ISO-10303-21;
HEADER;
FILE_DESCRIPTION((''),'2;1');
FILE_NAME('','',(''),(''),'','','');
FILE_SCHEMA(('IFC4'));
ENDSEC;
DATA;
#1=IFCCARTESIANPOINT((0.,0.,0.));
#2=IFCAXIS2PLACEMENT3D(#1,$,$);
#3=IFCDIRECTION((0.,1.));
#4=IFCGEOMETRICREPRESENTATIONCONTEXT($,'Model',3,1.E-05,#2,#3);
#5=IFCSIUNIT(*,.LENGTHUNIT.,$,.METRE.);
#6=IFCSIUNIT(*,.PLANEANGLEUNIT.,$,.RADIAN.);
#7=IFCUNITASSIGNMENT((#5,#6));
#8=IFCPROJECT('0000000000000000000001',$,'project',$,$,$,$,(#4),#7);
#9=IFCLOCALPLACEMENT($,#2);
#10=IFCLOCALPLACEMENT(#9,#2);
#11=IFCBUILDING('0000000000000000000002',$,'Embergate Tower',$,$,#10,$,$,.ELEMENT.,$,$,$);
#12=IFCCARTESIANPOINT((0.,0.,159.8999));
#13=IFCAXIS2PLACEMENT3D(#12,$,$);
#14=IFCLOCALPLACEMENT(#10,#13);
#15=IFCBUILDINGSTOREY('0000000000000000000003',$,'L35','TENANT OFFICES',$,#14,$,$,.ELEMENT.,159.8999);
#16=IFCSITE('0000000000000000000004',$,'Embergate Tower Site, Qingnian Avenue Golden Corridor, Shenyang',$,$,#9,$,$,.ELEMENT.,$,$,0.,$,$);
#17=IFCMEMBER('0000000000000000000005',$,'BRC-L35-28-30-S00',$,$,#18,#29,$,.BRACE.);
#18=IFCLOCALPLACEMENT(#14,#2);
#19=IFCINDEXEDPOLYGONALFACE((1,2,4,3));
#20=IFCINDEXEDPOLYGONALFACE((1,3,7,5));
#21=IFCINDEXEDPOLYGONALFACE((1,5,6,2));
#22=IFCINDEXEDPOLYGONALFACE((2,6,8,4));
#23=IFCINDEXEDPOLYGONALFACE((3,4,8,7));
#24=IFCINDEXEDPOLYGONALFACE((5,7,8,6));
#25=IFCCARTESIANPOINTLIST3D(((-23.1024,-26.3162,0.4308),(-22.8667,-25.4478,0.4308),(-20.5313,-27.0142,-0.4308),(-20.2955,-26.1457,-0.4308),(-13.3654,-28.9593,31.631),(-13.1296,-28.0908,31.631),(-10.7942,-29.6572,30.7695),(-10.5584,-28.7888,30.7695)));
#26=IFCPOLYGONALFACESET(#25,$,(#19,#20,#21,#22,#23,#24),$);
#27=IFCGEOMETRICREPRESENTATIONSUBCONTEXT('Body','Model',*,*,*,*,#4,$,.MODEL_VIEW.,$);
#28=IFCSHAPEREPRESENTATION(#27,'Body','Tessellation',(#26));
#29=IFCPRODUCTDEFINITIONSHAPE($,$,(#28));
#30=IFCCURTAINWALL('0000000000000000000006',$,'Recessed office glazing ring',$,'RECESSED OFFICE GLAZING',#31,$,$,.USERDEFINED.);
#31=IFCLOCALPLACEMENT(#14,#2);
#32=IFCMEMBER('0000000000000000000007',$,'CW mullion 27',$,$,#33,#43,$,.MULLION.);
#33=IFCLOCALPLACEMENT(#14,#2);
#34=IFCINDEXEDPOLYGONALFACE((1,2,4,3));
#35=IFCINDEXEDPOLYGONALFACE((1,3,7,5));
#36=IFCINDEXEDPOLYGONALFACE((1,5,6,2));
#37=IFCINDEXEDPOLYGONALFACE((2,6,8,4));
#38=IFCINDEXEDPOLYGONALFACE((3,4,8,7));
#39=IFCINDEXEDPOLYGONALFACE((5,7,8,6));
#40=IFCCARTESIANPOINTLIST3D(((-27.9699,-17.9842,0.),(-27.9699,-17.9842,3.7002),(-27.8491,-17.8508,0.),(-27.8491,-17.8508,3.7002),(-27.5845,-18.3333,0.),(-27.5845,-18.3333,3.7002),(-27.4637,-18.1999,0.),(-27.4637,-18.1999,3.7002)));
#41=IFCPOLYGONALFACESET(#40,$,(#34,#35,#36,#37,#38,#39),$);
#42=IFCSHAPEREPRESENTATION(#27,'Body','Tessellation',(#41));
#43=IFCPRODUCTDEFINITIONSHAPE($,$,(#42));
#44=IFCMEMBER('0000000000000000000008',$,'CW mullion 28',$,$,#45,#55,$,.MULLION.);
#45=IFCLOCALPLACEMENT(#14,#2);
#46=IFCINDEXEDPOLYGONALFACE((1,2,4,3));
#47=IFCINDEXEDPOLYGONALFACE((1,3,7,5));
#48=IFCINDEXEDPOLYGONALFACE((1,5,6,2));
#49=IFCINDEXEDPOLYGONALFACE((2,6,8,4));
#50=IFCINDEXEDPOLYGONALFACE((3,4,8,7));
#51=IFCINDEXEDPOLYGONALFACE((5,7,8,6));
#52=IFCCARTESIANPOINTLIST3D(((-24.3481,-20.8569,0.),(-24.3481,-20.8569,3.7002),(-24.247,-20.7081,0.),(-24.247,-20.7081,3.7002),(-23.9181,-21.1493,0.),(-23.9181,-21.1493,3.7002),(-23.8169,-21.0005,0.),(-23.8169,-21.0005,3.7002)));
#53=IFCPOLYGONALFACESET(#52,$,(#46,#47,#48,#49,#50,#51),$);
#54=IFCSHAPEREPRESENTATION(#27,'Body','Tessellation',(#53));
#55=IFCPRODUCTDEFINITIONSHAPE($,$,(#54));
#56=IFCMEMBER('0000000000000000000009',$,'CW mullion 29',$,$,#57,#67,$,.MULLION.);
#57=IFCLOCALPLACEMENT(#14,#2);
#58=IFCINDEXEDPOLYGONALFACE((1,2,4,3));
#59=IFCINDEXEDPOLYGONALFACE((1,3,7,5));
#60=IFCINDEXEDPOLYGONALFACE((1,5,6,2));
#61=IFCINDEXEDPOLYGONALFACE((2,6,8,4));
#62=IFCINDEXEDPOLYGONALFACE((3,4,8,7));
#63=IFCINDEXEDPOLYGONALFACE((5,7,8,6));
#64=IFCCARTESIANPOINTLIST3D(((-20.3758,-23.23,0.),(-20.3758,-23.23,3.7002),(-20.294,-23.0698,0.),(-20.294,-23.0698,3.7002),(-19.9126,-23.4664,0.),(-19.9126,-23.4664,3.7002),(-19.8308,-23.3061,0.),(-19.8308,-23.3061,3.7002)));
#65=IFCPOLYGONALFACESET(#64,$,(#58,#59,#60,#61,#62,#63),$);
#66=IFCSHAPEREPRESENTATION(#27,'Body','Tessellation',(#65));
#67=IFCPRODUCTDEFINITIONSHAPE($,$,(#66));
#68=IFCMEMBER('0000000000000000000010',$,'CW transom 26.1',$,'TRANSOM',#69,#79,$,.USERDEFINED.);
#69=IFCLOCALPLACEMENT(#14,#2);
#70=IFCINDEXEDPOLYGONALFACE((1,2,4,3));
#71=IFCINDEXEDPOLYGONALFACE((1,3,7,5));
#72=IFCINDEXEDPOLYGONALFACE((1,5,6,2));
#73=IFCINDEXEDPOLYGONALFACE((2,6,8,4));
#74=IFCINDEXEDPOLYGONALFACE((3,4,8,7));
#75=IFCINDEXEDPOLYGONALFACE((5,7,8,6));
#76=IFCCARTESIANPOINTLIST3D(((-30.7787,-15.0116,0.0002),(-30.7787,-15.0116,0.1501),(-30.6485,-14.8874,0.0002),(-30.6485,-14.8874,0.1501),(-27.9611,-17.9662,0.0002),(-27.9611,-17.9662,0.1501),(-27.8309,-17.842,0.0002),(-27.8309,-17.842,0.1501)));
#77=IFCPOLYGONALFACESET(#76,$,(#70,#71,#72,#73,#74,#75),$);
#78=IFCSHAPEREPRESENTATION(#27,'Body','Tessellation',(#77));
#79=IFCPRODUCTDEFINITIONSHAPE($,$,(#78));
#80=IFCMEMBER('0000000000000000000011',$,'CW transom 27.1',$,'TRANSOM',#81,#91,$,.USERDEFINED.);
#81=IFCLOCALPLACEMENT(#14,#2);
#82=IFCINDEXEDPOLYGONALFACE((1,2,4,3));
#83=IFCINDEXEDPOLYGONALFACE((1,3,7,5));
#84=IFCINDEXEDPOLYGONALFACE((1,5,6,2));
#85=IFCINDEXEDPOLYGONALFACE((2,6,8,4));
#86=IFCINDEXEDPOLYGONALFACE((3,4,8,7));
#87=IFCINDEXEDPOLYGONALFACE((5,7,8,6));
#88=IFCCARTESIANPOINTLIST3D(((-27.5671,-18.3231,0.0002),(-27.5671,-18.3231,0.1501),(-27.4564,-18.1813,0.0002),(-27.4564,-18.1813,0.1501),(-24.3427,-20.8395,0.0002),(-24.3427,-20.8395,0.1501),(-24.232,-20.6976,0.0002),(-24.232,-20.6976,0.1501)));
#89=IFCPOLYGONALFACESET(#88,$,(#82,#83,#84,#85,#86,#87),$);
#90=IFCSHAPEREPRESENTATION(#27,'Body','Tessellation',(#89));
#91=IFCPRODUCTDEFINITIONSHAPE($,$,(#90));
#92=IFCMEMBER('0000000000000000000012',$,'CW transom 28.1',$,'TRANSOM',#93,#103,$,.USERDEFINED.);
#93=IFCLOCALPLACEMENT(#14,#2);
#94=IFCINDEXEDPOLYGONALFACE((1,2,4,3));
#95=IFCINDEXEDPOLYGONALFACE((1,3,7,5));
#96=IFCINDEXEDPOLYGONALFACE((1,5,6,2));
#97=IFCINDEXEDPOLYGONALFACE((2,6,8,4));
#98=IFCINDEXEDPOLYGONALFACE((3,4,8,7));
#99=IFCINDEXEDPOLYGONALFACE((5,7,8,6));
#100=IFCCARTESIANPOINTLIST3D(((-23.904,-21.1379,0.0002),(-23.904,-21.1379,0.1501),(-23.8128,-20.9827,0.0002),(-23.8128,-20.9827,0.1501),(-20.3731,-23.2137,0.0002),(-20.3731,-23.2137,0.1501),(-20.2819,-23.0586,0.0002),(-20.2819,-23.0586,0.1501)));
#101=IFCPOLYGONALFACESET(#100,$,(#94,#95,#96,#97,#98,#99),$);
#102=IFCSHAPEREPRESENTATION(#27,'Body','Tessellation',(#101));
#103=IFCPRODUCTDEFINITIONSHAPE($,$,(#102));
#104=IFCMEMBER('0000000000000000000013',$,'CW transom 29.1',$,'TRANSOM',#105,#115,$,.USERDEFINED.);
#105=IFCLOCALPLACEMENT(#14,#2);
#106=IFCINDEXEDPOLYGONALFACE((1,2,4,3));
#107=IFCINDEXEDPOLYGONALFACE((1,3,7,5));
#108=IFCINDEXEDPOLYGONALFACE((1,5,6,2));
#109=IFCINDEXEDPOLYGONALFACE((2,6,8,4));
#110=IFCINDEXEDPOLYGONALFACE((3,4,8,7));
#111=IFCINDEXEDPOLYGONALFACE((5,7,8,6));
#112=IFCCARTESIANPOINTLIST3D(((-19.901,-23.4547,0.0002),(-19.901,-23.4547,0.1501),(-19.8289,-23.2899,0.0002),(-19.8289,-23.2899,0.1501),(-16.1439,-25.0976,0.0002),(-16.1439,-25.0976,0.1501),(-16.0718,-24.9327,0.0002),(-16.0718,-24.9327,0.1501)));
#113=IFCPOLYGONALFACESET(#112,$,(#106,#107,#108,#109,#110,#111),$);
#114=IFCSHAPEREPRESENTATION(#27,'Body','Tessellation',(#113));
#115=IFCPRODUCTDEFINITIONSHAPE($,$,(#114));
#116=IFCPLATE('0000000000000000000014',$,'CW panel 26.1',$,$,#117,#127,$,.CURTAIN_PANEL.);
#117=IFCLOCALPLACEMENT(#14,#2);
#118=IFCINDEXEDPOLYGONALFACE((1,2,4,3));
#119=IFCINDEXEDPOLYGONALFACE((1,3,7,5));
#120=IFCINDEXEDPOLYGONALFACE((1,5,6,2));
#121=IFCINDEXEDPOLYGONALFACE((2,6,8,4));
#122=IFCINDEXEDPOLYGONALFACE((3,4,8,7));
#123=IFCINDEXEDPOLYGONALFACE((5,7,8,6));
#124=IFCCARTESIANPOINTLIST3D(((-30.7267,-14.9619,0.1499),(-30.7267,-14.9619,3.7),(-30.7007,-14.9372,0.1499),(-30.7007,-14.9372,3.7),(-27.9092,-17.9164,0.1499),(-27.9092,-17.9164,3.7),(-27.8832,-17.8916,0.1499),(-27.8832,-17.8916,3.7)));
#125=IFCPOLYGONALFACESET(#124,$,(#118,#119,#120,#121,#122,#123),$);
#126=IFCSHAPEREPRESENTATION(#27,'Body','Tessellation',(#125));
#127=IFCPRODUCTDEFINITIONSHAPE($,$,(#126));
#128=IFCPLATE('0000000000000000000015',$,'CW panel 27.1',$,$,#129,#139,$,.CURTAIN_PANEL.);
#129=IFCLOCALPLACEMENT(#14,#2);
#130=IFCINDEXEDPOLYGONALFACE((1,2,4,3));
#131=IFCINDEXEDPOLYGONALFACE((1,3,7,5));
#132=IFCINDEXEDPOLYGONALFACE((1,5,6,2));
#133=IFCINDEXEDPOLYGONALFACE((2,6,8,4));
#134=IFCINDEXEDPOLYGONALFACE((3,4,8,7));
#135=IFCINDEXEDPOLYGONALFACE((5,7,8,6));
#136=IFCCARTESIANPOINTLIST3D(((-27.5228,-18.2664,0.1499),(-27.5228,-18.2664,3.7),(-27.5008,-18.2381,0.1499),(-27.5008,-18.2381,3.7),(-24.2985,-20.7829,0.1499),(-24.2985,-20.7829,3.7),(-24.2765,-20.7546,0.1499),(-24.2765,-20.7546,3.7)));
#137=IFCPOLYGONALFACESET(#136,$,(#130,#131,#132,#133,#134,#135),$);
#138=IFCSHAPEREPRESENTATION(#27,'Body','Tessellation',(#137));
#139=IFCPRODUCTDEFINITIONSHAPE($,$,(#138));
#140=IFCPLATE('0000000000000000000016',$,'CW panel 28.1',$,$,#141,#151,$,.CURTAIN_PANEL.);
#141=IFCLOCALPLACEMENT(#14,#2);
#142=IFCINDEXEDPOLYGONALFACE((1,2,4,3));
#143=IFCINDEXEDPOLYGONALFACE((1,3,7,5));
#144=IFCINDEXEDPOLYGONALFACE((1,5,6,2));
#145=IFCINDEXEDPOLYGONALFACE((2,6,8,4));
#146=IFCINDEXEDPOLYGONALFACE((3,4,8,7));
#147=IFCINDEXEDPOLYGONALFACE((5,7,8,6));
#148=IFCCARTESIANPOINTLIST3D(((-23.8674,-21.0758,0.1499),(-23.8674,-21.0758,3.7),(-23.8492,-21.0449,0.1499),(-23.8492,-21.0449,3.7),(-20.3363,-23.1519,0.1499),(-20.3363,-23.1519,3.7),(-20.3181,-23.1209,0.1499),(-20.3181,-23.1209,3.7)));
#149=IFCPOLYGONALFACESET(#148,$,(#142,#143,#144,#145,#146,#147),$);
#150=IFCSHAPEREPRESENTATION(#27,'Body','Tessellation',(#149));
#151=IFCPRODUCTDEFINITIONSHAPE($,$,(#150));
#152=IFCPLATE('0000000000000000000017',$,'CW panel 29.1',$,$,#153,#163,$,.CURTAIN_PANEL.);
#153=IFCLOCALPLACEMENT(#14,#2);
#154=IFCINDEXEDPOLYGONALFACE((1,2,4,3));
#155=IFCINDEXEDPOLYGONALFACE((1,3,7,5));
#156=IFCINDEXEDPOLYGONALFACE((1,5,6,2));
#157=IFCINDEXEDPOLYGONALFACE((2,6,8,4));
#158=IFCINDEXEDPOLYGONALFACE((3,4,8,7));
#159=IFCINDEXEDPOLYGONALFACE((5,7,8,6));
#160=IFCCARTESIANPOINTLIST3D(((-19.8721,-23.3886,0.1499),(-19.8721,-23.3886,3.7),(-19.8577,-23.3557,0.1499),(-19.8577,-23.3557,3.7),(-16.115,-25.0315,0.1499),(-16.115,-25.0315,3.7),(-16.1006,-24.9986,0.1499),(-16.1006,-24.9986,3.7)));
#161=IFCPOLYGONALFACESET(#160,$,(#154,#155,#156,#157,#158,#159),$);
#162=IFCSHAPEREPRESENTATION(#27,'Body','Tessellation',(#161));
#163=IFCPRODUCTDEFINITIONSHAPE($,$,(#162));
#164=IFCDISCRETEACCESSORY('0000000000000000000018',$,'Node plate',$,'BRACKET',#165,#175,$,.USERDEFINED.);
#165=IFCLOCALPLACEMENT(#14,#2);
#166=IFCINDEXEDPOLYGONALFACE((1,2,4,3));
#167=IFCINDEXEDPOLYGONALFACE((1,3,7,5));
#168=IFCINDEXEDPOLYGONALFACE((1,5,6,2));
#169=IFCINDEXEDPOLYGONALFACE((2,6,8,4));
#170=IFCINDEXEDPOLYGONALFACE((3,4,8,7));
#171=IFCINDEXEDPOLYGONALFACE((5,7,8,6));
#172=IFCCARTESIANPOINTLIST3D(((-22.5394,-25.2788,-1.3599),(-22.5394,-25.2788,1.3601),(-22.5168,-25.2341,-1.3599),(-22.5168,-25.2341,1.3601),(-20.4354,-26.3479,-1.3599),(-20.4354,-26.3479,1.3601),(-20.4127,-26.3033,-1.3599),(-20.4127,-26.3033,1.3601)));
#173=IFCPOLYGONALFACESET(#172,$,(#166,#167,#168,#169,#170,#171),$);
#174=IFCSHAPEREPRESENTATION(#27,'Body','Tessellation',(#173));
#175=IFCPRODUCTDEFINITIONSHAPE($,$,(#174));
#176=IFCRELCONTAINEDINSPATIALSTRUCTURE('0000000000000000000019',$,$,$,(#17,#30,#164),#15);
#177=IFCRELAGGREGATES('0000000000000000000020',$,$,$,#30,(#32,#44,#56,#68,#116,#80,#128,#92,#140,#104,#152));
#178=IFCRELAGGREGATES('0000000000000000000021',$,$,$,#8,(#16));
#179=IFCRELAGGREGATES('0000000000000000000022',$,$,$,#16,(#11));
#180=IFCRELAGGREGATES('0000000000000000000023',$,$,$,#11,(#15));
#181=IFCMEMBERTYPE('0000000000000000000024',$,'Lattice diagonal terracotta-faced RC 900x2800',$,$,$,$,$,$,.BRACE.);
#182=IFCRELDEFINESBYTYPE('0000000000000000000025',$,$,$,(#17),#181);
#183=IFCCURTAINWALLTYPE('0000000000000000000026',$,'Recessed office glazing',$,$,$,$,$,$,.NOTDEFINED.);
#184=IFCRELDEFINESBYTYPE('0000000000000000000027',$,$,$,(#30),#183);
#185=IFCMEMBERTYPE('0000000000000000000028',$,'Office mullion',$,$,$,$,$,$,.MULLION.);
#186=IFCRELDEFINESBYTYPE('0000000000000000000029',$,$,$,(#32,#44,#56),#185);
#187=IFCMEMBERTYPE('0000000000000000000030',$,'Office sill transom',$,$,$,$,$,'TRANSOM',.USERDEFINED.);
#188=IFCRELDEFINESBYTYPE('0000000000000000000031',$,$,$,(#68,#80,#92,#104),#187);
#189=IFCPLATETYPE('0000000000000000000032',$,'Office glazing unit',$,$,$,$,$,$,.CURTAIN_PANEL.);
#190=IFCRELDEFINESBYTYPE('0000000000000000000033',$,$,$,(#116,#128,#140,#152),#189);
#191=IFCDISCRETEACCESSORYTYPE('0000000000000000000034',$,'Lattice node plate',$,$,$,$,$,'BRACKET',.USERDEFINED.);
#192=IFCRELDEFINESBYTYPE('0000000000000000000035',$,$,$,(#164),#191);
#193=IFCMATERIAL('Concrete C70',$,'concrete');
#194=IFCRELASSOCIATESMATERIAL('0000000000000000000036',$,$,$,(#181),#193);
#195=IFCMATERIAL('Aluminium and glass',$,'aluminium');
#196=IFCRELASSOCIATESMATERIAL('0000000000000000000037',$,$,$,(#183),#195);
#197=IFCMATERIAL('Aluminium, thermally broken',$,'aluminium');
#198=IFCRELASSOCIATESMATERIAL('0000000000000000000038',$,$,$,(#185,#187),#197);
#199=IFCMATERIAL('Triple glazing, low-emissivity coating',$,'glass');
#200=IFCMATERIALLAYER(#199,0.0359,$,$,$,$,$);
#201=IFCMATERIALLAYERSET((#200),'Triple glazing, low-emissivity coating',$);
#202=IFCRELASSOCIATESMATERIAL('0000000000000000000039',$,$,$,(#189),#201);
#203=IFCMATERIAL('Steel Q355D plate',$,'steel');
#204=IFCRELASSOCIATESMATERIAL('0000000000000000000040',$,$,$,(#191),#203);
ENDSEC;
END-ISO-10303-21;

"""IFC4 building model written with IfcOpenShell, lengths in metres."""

from ifc_helpers import new_model, si_unit, direction, frame, origin, origin_2d, place, context, subcontext, project, spatial, rectangle, extrude, source, transform, mapped, material, layer, layer_set, material_profile, profile_set, type_object, element, aggregate, save


model = new_model("IFC4")

# Units and contexts
model_context = context("Model", 3, precision=1e-05, world=origin(), true_north=direction((0.0, 1.0)))
body_context = subcontext(model_context, "Body", "Model", "MODEL_VIEW")
ifc_project = project(units=[si_unit("LENGTHUNIT", "METRE"), si_unit("PLANEANGLEUNIT", "RADIAN")], contexts=[model_context])

# Site, building, storey
site_placement = place(None, origin())
site = spatial("IfcSite", under=ifc_project, at=site_placement, Name="Embergate Tower Site, Qingnian Avenue Golden Corridor, Shenyang", CompositionType="ELEMENT", RefElevation=0.0)
building_placement = place(site_placement, origin())
building = spatial("IfcBuilding", under=site, at=building_placement, Name="Embergate Tower", CompositionType="ELEMENT")
storey_placement = place(building_placement, frame((0.0, 0.0, 159.8999)))
storey = spatial("IfcBuildingStorey", under=building, at=storey_placement, Name="L35", Description="TENANT OFFICES", CompositionType="ELEMENT", Elevation=159.8999)

# Shared definitions
ifc_material_1 = material(Name="Concrete C70", Category="concrete")

# Member
ifc_material_profile_1 = material_profile(ifc_material_1, rectangle(XDim=0.8999, YDim=2.8, at=origin_2d()), Name="RC 900x2800")
ifc_profile_set_1 = profile_set([ifc_material_profile_1], Name="Concrete C70")
member_type_1 = type_object("IfcMemberType", Name="Lattice diagonal terracotta-faced RC 900x2800", PredefinedType="BRACE", material=ifc_profile_set_1)
shared_shape_1 = source(origin(), body_context, "Body", "SweptSolid", [
    extrude(rectangle(XDim=0.8999, YDim=2.8, at=origin_2d()), origin(), (0.0, 0.0, 1.0), 32.791),
])
member_1_placement = place(storey_placement, frame((-21.699, -26.231, 0.0), z_axis=(0.296943, -0.080603, 0.951487), x_axis=(0.261964, 0.965078, 0.0)))
element("IfcMember", 1, at=member_1_placement, inside=storey, type_object=member_type_1, Name="BRC-L35-28-30-S00", PredefinedType="BRACE", context=body_context, shape_type="MappedRepresentation", body=[
    mapped(shared_shape_1, transform((0.0, 0.0, 0.0))),
])

# Curtain wall, members, plates
ifc_material_2 = material(Name="Aluminium and glass", Category="aluminium")
curtain_wall_type = type_object("IfcCurtainWallType", Name="Recessed office glazing", PredefinedType="NOTDEFINED", material=ifc_material_2)
curtain_wall_placement = place(storey_placement, origin())
curtain_wall = element("IfcCurtainWall", 2, at=curtain_wall_placement, inside=storey, type_object=curtain_wall_type, Name="Recessed office glazing ring", ObjectType="RECESSED OFFICE GLAZING", PredefinedType="USERDEFINED")
ifc_material_3 = material(Name="Aluminium, thermally broken", Category="aluminium")
ifc_material_profile_2 = material_profile(ifc_material_3, rectangle(XDim=0.1799, YDim=0.52, at=origin_2d()), Name="AL 520x180")
ifc_profile_set_2 = profile_set([ifc_material_profile_2], Name="Aluminium, thermally broken")
member_type_2 = type_object("IfcMemberType", Name="Office mullion", PredefinedType="MULLION", material=ifc_profile_set_2)
shared_shape_2 = source(origin(), body_context, "Body", "SweptSolid", [
    extrude(rectangle(XDim=0.1799, YDim=0.52, at=origin_2d()), origin(), (0.0, 0.0, 1.0), 3.7002),
])
member_2_placement = place(storey_placement, frame((-27.7168, -18.092, 0.0), z_axis=(0.0, 0.0, 1.0), x_axis=(0.671227, 0.741252, 0.0)))
member_2 = element("IfcMember", 3, at=member_2_placement, type_object=member_type_2, Name="CW mullion 27", PredefinedType="MULLION", context=body_context, shape_type="MappedRepresentation", body=[
    mapped(shared_shape_2, transform((0.0, 0.0, 0.0))),
])
member_3_placement = place(storey_placement, frame((-24.0825, -20.9287, 0.0), z_axis=(0.0, 0.0, 1.0), x_axis=(0.562216, 0.82699, 0.0)))
member_3 = element("IfcMember", 4, at=member_3_placement, type_object=member_type_2, Name="CW mullion 28", PredefinedType="MULLION", context=body_context, shape_type="MappedRepresentation", body=[
    mapped(shared_shape_2, transform((0.0, 0.0, 0.0))),
])
member_4_placement = place(storey_placement, frame((-20.1033, -23.2681, 0.0), z_axis=(0.0, 0.0, 1.0), x_axis=(0.45451, 0.890742, 0.0)))
member_4 = element("IfcMember", 5, at=member_4_placement, type_object=member_type_2, Name="CW mullion 29", PredefinedType="MULLION", context=body_context, shape_type="MappedRepresentation", body=[
    mapped(shared_shape_2, transform((0.0, 0.0, 0.0))),
])
ifc_material_profile_3 = material_profile(ifc_material_3, rectangle(XDim=0.1799, YDim=0.1499, at=origin_2d()), Name="AL 150x180")
ifc_profile_set_3 = profile_set([ifc_material_profile_3], Name="Aluminium, thermally broken")
member_type_3 = type_object("IfcMemberType", Name="Office sill transom", ElementType="TRANSOM", PredefinedType="USERDEFINED", material=ifc_profile_set_3)
shared_shape_3 = source(origin(), body_context, "Body", "SweptSolid", [
    extrude(rectangle(XDim=0.1799, YDim=0.1499, at=origin_2d()), origin(), (0.0, 0.0, 1.0), 4.0828),
])
member_5_placement = place(storey_placement, frame((-30.7136, -14.9495, 0.0752), z_axis=(0.690134, -0.723681, 0.0), x_axis=(0.723681, 0.690134, 0.0)))
member_5 = element("IfcMember", 6, at=member_5_placement, type_object=member_type_3, Name="CW transom 26.1", ObjectType="TRANSOM", PredefinedType="USERDEFINED", context=body_context, shape_type="MappedRepresentation", body=[
    mapped(shared_shape_3, transform((0.0, 0.0, 0.0))),
])
shared_shape_4 = source(origin(), body_context, "Body", "SweptSolid", [
    extrude(rectangle(XDim=0.1799, YDim=0.1499, at=origin_2d()), origin(), (0.0, 0.0, 1.0), 4.0901),
])
member_6_placement = place(storey_placement, frame((-27.5117, -18.2522, 0.0752), z_axis=(0.788342, -0.615237, 0.0), x_axis=(0.615237, 0.788342, 0.0)))
member_6 = element("IfcMember", 7, at=member_6_placement, type_object=member_type_3, Name="CW transom 27.1", ObjectType="TRANSOM", PredefinedType="USERDEFINED", context=body_context, shape_type="MappedRepresentation", body=[
    mapped(shared_shape_4, transform((0.0, 0.0, 0.0))),
])
shared_shape_5 = source(origin(), body_context, "Body", "SweptSolid", [
    extrude(rectangle(XDim=0.1799, YDim=0.1499, at=origin_2d()), origin(), (0.0, 0.0, 1.0), 4.0959),
])
member_7_placement = place(storey_placement, frame((-23.8584, -21.0603, 0.0752), z_axis=(0.862055, -0.506814, 0.0), x_axis=(0.506814, 0.862055, 0.0)))
member_7 = element("IfcMember", 8, at=member_7_placement, type_object=member_type_3, Name="CW transom 28.1", ObjectType="TRANSOM", PredefinedType="USERDEFINED", context=body_context, shape_type="MappedRepresentation", body=[
    mapped(shared_shape_5, transform((0.0, 0.0, 0.0))),
])
shared_shape_6 = source(origin(), body_context, "Body", "SweptSolid", [
    extrude(rectangle(XDim=0.1799, YDim=0.1499, at=origin_2d()), origin(), (0.0, 0.0, 1.0), 4.1006),
])
member_8_placement = place(storey_placement, frame((-19.865, -23.3723, 0.0752), z_axis=(0.916238, -0.400635, 0.0), x_axis=(0.400635, 0.916238, 0.0)))
member_8 = element("IfcMember", 9, at=member_8_placement, type_object=member_type_3, Name="CW transom 29.1", ObjectType="TRANSOM", PredefinedType="USERDEFINED", context=body_context, shape_type="MappedRepresentation", body=[
    mapped(shared_shape_6, transform((0.0, 0.0, 0.0))),
])
ifc_material_4 = material(Name="Triple glazing, low-emissivity coating", Category="glass")
ifc_layer = layer(ifc_material_4, 0.0359)
ifc_layer_set = layer_set([ifc_layer], Name="Triple glazing, low-emissivity coating")
plate_type = type_object("IfcPlateType", Name="Office glazing unit", PredefinedType="CURTAIN_PANEL", material=ifc_layer_set)
shared_shape_7 = source(origin(), body_context, "Body", "SweptSolid", [
    extrude(rectangle(XDim=4.0825, YDim=0.0359, at=origin_2d()), origin(), (0.0, 0.0, 1.0), 3.55),
])
plate_1_placement = place(storey_placement, frame((-29.3049, -16.4268, 0.1499), z_axis=(0.0, 0.0, 1.0), x_axis=(0.690135, -0.723681, 0.0)))
plate_1 = element("IfcPlate", 10, at=plate_1_placement, type_object=plate_type, Name="CW panel 26.1", PredefinedType="CURTAIN_PANEL", context=body_context, shape_type="MappedRepresentation", body=[
    mapped(shared_shape_7, transform((0.0, 0.0, 0.0))),
])
shared_shape_8 = source(origin(), body_context, "Body", "SweptSolid", [
    extrude(rectangle(XDim=4.0901, YDim=0.0359, at=origin_2d()), origin(), (0.0, 0.0, 1.0), 3.55),
])
plate_2_placement = place(storey_placement, frame((-25.8997, -19.5105, 0.1499), z_axis=(0.0, 0.0, 1.0), x_axis=(0.78832, -0.615265, 0.0)))
plate_2 = element("IfcPlate", 11, at=plate_2_placement, type_object=plate_type, Name="CW panel 27.1", PredefinedType="CURTAIN_PANEL", context=body_context, shape_type="MappedRepresentation", body=[
    mapped(shared_shape_8, transform((0.0, 0.0, 0.0))),
])
shared_shape_9 = source(origin(), body_context, "Body", "SweptSolid", [
    extrude(rectangle(XDim=4.0962, YDim=0.0359, at=origin_2d()), origin(), (0.0, 0.0, 1.0), 3.55),
])
plate_3_placement = place(storey_placement, frame((-22.0928, -22.0984, 0.1499), z_axis=(0.0, 0.0, 1.0), x_axis=(0.862053, -0.506818, 0.0)))
plate_3 = element("IfcPlate", 12, at=plate_3_placement, type_object=plate_type, Name="CW panel 28.1", PredefinedType="CURTAIN_PANEL", context=body_context, shape_type="MappedRepresentation", body=[
    mapped(shared_shape_9, transform((0.0, 0.0, 0.0))),
])
shared_shape_10 = source(origin(), body_context, "Body", "SweptSolid", [
    extrude(rectangle(XDim=4.1006, YDim=0.0359, at=origin_2d()), origin(), (0.0, 0.0, 1.0), 3.55),
])
plate_4_placement = place(storey_placement, frame((-17.9863, -24.1936, 0.1499), z_axis=(0.0, 0.0, 1.0), x_axis=(0.916236, -0.400638, 0.0)))
plate_4 = element("IfcPlate", 13, at=plate_4_placement, type_object=plate_type, Name="CW panel 29.1", PredefinedType="CURTAIN_PANEL", context=body_context, shape_type="MappedRepresentation", body=[
    mapped(shared_shape_10, transform((0.0, 0.0, 0.0))),
])
aggregate(curtain_wall, [member_2, member_3, member_4, member_5, plate_1, member_6, plate_2, member_7, plate_3, member_8, plate_4])

# Discrete accessory
ifc_material_5 = material(Name="Steel Q355D plate", Category="steel")
discrete_accessory_type = type_object("IfcDiscreteAccessoryType", Name="Lattice node plate", ElementType="BRACKET", PredefinedType="USERDEFINED", material=ifc_material_5)
shared_shape_11 = source(origin(), body_context, "Body", "SweptSolid", [
    extrude(rectangle(XDim=2.3601, YDim=0.05, at=origin_2d()), origin(), (0.0, 0.0, 1.0), 2.72),
])
discrete_accessory_placement = place(storey_placement, frame((-21.4761, -25.791, -1.3599), z_axis=(0.0, 0.0, 1.0), x_axis=(0.891513, -0.452995, 0.0)))
element("IfcDiscreteAccessory", 14, at=discrete_accessory_placement, inside=storey, type_object=discrete_accessory_type, Name="Node plate", ObjectType="BRACKET", PredefinedType="USERDEFINED", context=body_context, shape_type="MappedRepresentation", body=[
    mapped(shared_shape_11, transform((0.0, 0.0, 0.0))),
])

save(model, "model.ifc")
